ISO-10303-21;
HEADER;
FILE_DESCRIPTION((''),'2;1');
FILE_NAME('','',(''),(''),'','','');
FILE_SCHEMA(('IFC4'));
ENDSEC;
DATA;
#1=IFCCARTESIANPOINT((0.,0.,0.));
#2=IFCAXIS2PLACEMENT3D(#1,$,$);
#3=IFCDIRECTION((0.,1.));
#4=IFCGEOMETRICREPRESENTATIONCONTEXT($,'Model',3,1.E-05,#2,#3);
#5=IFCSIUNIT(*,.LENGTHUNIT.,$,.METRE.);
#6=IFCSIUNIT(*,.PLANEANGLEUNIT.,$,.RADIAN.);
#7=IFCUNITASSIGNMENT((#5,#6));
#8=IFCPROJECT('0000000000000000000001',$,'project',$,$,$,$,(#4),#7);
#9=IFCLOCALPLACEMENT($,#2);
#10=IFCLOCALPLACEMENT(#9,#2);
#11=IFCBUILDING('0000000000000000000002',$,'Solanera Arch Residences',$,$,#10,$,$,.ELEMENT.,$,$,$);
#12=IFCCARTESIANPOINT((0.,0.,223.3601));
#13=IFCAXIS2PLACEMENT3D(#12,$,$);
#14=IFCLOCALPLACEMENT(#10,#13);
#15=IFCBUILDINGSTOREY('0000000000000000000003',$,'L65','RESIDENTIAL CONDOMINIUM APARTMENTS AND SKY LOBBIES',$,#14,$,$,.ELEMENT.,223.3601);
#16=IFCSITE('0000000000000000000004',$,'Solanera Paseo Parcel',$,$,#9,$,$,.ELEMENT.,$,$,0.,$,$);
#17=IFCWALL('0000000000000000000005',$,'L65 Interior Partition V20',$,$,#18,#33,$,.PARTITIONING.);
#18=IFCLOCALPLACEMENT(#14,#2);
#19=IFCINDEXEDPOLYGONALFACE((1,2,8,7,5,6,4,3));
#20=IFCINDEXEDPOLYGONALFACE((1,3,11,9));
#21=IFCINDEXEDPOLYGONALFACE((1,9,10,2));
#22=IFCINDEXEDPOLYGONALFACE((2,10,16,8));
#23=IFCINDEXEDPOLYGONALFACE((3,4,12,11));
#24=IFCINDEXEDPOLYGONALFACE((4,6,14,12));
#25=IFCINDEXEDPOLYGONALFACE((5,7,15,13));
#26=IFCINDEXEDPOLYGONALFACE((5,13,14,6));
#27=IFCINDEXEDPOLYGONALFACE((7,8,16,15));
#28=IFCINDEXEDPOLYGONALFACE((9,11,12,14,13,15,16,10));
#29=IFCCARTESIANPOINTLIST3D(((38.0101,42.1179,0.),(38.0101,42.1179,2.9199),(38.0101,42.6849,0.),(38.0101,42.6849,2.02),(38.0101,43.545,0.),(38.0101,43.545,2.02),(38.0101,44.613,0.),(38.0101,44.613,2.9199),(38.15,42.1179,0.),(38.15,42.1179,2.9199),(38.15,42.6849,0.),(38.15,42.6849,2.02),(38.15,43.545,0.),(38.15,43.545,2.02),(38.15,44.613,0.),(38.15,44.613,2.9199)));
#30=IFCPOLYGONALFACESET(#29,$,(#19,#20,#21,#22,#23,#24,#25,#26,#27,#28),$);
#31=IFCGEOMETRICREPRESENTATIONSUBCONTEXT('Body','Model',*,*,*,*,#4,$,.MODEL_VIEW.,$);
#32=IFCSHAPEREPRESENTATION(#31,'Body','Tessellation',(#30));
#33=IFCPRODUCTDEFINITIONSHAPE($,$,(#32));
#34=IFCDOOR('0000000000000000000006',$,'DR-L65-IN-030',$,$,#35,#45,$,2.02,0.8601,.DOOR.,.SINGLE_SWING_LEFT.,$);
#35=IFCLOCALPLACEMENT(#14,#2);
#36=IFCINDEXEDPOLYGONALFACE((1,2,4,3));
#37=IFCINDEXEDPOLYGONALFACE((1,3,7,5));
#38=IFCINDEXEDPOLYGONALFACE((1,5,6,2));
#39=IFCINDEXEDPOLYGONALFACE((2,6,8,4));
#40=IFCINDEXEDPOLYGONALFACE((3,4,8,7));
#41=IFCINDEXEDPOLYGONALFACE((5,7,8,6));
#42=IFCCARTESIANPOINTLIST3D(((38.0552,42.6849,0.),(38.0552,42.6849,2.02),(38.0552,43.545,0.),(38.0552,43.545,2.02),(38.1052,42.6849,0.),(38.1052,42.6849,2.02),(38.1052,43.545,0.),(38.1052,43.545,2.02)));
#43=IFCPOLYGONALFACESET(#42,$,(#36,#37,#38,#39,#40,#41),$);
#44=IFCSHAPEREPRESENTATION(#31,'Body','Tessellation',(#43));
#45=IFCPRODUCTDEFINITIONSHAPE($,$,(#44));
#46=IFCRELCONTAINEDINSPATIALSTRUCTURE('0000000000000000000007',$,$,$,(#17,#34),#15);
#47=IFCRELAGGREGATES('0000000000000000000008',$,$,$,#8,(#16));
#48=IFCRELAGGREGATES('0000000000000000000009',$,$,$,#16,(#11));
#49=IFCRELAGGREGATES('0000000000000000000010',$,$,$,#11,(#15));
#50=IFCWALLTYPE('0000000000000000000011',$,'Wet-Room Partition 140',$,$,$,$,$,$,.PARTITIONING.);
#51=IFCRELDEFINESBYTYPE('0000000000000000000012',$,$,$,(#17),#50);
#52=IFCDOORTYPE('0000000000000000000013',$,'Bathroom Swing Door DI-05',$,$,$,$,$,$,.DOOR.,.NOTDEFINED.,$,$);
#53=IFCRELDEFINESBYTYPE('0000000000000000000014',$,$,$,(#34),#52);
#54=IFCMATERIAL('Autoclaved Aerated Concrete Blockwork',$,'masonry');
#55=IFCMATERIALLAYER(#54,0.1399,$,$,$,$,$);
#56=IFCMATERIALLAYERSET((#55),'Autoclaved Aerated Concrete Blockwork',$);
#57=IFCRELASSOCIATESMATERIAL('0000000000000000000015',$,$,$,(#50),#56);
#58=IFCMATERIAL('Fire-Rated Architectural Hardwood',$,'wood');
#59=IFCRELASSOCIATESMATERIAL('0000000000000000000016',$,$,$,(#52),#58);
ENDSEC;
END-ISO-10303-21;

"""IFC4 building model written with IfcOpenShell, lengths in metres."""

from ifc_helpers import new_model, si_unit, direction, frame, frame_2d, origin, place, context, subcontext, project, spatial, rectangle, extrude, material, layer, layer_set, type_object, element, fill, save


model = new_model("IFC4")

# Units and contexts
model_context = context("Model", 3, precision=1e-05, world=origin(), true_north=direction((0.0, 1.0)))
body_context = subcontext(model_context, "Body", "Model", "MODEL_VIEW")
ifc_project = project(units=[si_unit("LENGTHUNIT", "METRE"), si_unit("PLANEANGLEUNIT", "RADIAN")], contexts=[model_context])

# Site, building, storey
site_placement = place(None, origin())
site = spatial("IfcSite", under=ifc_project, at=site_placement, Name="Solanera Paseo Parcel", CompositionType="ELEMENT", RefElevation=0.0)
building_placement = place(site_placement, origin())
building = spatial("IfcBuilding", under=site, at=building_placement, Name="Solanera Arch Residences", CompositionType="ELEMENT")
storey_placement = place(building_placement, frame((0.0, 0.0, 223.3601)))
storey = spatial("IfcBuildingStorey", under=building, at=storey_placement, Name="L65", Description="RESIDENTIAL CONDOMINIUM APARTMENTS AND SKY LOBBIES", CompositionType="ELEMENT", Elevation=223.3601)

# Shared definitions
ifc_material_1 = material(Name="Autoclaved Aerated Concrete Blockwork", Category="masonry")
ifc_layer_1 = layer(ifc_material_1, 0.1399)
ifc_layer_set_1 = layer_set([ifc_layer_1], Name="Autoclaved Aerated Concrete Blockwork")
wall_type_1 = type_object("IfcWallType", Name="Wet-Room Partition 140", PredefinedType="PARTITIONING", material=ifc_layer_set_1)

# Wall, opening, door
wall_1_placement = place(storey_placement, frame((38.0801, 42.1179, 0.0), z_axis=(0.0, 0.0, 1.0), x_axis=(0.0, 1.0, 0.0)))
wall_1 = element("IfcWall", 1, at=wall_1_placement, inside=storey, type_object=wall_type_1, Name="L65 Interior Partition V20", PredefinedType="PARTITIONING", context=body_context, shape_type="SweptSolid", body=[
    extrude(rectangle(XDim=2.4951, YDim=0.1399, at=frame_2d((1.2476, 0.0))), origin(), (0.0, 0.0, 1.0), 2.9199),
])
opening_1_placement = place(wall_1_placement, frame((0.5669, 0.0, 0.0)))
opening_1 = element("IfcOpeningElement", 2, at=opening_1_placement, cuts=wall_1, PredefinedType="OPENING", context=body_context, shape_type="SweptSolid", body=[
    extrude(rectangle(XDim=0.8601, YDim=2.02, at=frame_2d((0.4302, 1.01))), frame((0.0, 0.0798, 0.0), z_axis=(0.0, -1.0, 0.0), x_axis=(1.0, 0.0, 0.0)), (0.0, 0.0, 1.0), 0.1599),
])
ifc_material_2 = material(Name="Fire-Rated Architectural Hardwood", Category="wood")
door_type_1 = type_object("IfcDoorType", Name="Bathroom Swing Door DI-05", OperationType="NOTDEFINED", PredefinedType="DOOR", material=ifc_material_2)
door_1_placement = place(opening_1_placement, origin())
door_1 = element("IfcDoor", 3, at=door_1_placement, inside=storey, type_object=door_type_1, Name="DR-L65-IN-030", OperationType="SINGLE_SWING_LEFT", OverallHeight=2.02, OverallWidth=0.8601, PredefinedType="DOOR", context=body_context, shape_type="SweptSolid", body=[
    extrude(rectangle(XDim=0.8601, YDim=2.02, at=frame_2d((0.4302, 1.01))), frame((0.0, 0.0249, 0.0), z_axis=(0.0, -1.0, 0.0), x_axis=(1.0, 0.0, 0.0)), (0.0, 0.0, 1.0), 0.05),
])
fill(opening_1, door_1)

save(model, "model.ifc")
